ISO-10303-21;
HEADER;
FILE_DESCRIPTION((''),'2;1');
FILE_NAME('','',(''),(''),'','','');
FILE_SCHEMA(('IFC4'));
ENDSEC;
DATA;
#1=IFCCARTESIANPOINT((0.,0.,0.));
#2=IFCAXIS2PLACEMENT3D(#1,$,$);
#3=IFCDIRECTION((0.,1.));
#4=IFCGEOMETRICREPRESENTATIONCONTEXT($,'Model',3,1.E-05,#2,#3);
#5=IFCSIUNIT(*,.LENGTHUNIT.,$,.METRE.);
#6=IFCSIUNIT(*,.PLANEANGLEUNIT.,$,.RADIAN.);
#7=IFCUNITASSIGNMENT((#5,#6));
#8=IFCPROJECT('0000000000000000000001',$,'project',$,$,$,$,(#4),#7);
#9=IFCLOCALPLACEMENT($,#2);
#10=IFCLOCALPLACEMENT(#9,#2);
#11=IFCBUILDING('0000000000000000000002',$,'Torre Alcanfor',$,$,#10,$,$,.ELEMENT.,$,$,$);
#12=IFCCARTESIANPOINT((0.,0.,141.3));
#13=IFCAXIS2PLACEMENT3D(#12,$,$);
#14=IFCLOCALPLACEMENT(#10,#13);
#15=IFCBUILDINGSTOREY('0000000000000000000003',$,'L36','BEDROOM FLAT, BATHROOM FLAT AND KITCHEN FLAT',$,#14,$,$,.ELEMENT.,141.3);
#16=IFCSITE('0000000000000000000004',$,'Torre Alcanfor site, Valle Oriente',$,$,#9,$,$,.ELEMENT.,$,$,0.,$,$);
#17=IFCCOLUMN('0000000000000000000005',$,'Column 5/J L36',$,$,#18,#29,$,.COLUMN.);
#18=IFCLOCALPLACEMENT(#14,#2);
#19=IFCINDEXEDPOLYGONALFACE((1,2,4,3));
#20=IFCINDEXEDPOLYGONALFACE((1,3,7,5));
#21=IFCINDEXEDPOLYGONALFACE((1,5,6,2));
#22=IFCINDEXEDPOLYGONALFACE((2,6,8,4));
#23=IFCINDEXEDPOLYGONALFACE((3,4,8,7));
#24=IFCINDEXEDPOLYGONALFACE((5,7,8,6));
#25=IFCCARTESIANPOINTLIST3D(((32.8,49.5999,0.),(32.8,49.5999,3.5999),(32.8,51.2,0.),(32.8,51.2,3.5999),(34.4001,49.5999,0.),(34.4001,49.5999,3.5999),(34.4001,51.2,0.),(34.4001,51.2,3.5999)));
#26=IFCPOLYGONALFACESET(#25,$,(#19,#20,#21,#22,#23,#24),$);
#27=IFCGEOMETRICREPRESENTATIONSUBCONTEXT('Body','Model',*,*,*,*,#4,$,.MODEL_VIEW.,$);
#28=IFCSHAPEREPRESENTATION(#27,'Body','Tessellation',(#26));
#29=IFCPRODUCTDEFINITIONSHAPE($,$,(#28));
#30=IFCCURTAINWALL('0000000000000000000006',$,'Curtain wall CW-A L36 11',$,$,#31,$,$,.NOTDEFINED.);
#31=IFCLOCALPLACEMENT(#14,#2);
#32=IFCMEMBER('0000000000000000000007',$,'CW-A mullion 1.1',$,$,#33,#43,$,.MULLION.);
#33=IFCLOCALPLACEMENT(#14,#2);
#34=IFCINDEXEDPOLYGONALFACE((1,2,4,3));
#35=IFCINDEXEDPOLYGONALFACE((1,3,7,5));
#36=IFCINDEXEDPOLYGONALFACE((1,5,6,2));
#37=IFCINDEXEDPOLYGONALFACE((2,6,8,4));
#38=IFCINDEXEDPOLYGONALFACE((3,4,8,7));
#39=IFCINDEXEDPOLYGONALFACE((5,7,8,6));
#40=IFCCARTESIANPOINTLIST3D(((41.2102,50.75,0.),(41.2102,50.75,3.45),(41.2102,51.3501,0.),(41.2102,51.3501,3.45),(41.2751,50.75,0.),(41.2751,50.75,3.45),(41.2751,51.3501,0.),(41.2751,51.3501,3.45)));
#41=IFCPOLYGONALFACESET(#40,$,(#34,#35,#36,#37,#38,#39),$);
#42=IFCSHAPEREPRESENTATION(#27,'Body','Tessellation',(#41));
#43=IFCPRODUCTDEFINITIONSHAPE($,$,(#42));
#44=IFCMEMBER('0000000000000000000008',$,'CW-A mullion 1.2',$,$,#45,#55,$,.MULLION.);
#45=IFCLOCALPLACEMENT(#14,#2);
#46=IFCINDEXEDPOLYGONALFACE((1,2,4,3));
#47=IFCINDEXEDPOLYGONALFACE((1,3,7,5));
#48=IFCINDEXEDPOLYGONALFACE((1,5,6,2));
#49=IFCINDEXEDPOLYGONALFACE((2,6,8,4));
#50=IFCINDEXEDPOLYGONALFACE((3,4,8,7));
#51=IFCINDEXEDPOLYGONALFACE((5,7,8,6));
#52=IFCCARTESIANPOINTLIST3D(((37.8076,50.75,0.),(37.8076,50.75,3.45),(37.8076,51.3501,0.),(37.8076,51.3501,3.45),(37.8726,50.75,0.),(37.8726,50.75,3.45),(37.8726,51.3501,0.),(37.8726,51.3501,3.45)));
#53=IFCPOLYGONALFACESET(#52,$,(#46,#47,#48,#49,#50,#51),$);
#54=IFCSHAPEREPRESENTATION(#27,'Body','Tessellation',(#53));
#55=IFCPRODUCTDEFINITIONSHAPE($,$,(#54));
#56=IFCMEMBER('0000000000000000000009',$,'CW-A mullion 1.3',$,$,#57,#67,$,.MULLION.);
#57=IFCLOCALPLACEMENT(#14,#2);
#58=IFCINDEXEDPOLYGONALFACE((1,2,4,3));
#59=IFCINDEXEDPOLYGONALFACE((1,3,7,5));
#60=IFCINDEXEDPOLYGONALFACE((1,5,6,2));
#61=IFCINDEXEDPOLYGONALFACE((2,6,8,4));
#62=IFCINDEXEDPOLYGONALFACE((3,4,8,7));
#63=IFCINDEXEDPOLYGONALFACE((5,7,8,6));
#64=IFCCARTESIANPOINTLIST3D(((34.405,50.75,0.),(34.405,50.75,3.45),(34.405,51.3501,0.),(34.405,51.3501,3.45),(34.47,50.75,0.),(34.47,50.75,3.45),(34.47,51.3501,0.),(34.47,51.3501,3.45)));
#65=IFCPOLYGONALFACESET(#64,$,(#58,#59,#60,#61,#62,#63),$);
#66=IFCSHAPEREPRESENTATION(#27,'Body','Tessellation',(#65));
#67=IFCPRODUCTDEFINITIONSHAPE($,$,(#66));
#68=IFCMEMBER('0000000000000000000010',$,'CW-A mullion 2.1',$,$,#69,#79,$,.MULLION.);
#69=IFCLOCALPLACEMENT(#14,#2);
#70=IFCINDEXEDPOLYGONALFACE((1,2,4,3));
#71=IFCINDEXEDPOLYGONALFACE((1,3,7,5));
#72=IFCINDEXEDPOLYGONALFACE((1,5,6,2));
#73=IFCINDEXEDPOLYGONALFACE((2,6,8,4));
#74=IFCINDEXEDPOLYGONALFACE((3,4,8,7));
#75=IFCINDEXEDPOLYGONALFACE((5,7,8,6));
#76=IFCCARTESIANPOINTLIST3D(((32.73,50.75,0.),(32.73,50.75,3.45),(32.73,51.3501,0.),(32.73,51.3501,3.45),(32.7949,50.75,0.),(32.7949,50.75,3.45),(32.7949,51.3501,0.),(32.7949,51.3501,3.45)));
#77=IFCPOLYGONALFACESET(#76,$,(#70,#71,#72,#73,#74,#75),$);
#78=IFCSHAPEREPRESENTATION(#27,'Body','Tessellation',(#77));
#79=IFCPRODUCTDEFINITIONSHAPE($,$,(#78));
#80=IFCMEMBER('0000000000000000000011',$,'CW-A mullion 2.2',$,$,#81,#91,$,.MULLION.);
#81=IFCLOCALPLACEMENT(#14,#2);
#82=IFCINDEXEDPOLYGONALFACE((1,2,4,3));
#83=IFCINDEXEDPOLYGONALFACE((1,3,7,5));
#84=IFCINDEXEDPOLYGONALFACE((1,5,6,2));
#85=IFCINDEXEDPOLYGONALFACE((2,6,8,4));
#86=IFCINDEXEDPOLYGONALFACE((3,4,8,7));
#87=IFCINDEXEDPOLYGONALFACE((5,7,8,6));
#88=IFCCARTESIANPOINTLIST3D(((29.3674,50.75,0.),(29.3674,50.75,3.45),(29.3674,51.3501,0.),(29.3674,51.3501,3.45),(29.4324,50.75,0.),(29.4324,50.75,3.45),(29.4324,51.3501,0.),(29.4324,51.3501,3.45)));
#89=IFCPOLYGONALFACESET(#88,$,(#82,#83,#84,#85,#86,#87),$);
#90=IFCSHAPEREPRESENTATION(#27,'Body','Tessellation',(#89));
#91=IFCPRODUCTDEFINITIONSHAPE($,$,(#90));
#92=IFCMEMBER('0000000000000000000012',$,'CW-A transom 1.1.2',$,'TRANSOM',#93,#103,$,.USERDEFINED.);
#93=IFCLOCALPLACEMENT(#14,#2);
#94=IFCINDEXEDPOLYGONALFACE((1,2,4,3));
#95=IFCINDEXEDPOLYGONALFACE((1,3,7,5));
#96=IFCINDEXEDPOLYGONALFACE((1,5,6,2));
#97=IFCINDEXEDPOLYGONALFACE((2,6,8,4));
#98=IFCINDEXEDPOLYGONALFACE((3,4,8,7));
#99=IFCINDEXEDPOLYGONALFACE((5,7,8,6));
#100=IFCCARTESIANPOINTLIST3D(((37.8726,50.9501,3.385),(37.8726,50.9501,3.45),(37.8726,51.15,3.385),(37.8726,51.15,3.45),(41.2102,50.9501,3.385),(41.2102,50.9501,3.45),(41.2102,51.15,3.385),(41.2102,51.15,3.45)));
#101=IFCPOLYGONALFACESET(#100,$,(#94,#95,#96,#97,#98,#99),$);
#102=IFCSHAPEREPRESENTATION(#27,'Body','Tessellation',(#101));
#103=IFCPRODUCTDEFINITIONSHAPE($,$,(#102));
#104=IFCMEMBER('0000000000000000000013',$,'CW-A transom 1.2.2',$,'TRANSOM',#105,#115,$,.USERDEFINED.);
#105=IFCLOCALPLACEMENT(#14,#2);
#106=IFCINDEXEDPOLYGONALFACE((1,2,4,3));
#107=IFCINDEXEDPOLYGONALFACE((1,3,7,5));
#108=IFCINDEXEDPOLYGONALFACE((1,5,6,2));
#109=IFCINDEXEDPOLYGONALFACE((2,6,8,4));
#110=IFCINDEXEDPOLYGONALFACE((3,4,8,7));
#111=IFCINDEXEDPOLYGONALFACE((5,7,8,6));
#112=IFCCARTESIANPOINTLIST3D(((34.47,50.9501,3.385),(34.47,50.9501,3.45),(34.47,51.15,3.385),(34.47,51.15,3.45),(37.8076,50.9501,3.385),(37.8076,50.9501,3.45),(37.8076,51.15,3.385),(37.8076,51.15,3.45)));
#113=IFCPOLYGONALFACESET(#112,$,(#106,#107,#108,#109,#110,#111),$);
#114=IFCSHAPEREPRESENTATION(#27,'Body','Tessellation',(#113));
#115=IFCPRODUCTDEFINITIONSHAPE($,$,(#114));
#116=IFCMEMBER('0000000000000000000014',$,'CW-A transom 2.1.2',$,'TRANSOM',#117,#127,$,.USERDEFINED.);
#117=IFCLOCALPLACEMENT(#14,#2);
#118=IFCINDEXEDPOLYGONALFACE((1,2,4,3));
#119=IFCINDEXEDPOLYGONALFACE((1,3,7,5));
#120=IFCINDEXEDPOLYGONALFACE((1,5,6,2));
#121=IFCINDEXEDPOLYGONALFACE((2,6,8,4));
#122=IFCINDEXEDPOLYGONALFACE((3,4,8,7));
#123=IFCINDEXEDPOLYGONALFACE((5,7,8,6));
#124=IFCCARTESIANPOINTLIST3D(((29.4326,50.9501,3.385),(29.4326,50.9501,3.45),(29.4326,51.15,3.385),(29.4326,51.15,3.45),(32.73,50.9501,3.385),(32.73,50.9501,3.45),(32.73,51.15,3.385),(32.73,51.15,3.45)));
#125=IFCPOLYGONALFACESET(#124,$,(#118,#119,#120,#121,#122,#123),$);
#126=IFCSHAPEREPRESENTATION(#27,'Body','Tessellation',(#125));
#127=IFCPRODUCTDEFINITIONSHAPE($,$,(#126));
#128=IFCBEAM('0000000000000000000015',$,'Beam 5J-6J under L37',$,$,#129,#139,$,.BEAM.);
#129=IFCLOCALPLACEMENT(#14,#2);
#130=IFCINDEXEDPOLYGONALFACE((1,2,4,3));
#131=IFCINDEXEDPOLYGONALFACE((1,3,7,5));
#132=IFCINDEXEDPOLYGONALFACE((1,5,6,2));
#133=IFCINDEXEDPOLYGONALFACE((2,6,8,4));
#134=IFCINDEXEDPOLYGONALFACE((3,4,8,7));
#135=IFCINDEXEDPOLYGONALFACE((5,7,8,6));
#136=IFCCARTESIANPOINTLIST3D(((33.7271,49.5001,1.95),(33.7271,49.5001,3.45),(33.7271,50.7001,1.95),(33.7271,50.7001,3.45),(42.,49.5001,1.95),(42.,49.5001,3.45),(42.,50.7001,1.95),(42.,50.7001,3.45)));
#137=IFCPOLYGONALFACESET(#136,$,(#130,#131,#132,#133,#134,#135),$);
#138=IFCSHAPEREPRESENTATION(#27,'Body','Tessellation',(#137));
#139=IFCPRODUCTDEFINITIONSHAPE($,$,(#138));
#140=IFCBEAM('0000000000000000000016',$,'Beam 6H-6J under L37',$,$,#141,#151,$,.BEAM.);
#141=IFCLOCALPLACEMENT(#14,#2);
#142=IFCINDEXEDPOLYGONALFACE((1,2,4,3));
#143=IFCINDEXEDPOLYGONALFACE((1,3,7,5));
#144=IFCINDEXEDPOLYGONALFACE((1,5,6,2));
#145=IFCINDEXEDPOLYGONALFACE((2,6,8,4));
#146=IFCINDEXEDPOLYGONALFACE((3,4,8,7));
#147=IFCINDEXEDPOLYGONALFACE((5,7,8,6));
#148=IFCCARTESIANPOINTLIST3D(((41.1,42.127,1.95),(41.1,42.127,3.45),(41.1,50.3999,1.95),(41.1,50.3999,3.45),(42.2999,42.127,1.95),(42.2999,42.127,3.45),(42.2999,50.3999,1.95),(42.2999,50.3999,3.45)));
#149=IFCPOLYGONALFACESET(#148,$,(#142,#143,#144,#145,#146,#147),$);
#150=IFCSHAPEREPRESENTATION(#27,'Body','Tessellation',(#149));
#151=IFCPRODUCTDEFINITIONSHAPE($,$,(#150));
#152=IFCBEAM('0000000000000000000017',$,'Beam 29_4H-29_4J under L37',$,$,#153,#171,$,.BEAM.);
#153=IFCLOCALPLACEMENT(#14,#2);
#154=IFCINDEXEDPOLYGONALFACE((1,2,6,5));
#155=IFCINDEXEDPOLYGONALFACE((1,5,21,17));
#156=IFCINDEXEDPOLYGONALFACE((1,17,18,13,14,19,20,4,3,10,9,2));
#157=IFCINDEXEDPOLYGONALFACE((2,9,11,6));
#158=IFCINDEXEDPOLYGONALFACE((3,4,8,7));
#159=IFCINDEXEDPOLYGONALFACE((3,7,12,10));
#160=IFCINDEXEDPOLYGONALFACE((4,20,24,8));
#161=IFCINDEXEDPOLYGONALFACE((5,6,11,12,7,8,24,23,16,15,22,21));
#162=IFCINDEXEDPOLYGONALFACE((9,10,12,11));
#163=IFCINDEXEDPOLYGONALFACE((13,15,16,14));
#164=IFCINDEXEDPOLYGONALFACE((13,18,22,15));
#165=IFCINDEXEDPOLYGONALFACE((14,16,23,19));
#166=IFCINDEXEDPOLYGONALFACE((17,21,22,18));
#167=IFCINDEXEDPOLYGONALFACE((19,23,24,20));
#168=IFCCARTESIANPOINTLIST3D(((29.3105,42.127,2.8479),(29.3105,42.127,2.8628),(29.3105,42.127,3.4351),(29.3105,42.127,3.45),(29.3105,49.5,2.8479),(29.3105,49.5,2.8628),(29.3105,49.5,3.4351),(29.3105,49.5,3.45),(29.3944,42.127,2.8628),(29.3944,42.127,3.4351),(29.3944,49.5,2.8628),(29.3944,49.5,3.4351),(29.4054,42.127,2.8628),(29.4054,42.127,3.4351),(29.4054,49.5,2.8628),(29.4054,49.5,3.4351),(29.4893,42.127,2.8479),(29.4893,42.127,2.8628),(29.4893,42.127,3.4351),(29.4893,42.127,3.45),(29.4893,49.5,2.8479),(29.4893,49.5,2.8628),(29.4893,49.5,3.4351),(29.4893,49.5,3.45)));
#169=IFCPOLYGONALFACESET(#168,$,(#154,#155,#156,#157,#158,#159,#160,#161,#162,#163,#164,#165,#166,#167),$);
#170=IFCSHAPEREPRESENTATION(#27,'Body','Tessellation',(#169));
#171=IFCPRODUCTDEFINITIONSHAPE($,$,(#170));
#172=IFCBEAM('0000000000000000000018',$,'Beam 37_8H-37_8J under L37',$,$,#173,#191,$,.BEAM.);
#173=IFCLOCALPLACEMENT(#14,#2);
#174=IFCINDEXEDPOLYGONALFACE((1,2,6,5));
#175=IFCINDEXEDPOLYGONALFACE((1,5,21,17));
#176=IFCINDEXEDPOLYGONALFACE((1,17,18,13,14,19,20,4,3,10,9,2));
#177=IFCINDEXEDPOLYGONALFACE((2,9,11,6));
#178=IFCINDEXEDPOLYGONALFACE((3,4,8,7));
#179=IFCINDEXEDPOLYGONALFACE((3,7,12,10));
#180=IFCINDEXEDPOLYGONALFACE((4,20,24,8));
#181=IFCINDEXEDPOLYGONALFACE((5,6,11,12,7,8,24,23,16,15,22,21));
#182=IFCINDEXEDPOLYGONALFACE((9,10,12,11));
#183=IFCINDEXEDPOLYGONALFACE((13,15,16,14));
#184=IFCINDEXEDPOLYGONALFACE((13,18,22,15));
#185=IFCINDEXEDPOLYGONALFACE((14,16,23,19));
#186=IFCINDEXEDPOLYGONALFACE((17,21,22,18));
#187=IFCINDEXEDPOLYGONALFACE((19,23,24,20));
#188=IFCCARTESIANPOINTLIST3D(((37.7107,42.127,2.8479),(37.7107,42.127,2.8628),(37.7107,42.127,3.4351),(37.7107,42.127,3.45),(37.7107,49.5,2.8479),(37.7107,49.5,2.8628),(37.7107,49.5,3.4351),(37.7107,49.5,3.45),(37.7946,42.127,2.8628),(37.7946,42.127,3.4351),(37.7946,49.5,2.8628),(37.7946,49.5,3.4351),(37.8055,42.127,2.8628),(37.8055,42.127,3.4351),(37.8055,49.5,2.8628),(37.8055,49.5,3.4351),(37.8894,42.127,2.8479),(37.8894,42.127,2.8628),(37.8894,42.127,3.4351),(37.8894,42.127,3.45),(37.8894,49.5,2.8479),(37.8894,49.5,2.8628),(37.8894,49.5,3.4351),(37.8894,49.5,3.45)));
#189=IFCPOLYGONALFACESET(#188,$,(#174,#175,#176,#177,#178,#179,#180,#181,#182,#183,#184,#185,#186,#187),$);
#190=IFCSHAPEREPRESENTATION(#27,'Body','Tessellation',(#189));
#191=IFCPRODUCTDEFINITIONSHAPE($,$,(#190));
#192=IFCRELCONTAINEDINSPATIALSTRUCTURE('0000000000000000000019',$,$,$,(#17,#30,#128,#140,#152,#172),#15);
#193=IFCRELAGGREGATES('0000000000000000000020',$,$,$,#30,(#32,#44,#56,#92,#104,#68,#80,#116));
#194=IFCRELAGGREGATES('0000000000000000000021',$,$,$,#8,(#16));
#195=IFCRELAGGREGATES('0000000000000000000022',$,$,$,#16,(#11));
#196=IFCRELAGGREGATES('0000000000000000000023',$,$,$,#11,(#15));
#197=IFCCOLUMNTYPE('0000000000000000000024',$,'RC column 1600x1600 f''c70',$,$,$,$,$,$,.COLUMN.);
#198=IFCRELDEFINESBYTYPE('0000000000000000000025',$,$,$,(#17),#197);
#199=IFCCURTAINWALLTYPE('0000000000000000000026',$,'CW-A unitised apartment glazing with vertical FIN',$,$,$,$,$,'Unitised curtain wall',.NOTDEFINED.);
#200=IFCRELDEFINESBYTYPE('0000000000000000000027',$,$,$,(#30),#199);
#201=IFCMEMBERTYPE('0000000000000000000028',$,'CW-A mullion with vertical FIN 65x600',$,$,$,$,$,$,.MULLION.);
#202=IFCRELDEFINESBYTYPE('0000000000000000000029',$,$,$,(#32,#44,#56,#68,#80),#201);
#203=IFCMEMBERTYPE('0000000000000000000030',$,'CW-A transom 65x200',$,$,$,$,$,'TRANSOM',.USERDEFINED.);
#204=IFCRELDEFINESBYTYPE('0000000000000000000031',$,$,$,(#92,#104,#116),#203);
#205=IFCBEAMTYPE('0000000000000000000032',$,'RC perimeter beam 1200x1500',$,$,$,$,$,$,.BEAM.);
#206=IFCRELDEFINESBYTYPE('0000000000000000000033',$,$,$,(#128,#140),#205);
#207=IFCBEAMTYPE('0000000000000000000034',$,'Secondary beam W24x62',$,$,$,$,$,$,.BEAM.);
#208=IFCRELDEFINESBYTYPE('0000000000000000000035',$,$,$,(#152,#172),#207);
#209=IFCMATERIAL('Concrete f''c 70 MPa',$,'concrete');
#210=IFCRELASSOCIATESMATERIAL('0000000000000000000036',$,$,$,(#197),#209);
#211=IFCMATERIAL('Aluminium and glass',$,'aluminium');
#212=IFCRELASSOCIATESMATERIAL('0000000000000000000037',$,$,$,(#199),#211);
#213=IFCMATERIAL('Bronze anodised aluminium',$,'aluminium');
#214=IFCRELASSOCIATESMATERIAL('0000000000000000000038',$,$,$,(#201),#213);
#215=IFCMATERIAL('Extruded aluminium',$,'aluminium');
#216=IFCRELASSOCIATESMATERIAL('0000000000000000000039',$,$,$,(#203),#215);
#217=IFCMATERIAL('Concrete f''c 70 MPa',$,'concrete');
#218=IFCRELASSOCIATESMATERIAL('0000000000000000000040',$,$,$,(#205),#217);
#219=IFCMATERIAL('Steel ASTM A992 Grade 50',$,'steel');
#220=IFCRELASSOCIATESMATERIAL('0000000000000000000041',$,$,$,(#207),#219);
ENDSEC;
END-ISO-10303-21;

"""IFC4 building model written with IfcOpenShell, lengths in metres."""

from ifc_helpers import new_model, si_unit, direction, frame, origin, origin_2d, place, context, subcontext, project, spatial, rectangle, i_section, extrude, material, material_profile, profile_set, type_object, element, aggregate, save


model = new_model("IFC4")

# Units and contexts
model_context = context("Model", 3, precision=1e-05, world=origin(), true_north=direction((0.0, 1.0)))
body_context = subcontext(model_context, "Body", "Model", "MODEL_VIEW")
ifc_project = project(units=[si_unit("LENGTHUNIT", "METRE"), si_unit("PLANEANGLEUNIT", "RADIAN")], contexts=[model_context])

# Site, building, storey
site_placement = place(None, origin())
site = spatial("IfcSite", under=ifc_project, at=site_placement, Name="Torre Alcanfor site, Valle Oriente", CompositionType="ELEMENT", RefElevation=0.0)
building_placement = place(site_placement, origin())
building = spatial("IfcBuilding", under=site, at=building_placement, Name="Torre Alcanfor", CompositionType="ELEMENT")
storey_placement = place(building_placement, frame((0.0, 0.0, 141.3)))
storey = spatial("IfcBuildingStorey", under=building, at=storey_placement, Name="L36", Description="BEDROOM FLAT, BATHROOM FLAT AND KITCHEN FLAT", CompositionType="ELEMENT", Elevation=141.3)

# Column
ifc_material_1 = material(Name="Concrete f'c 70 MPa", Category="concrete")
ifc_material_profile_1 = material_profile(ifc_material_1, rectangle(XDim=1.6001, YDim=1.6001, at=origin_2d()), Name="1600x1600")
ifc_profile_set_1 = profile_set([ifc_material_profile_1], Name="Concrete f'c 70 MPa")
column_type = type_object("IfcColumnType", Name="RC column 1600x1600 f'c70", PredefinedType="COLUMN", material=ifc_profile_set_1)
column_placement = place(storey_placement, frame((33.6001, 50.3999, 0.0), z_axis=(0.0, 0.0, 1.0), x_axis=(1.0, 0.0, 0.0)))
element("IfcColumn", 1, at=column_placement, inside=storey, type_object=column_type, Name="Column 5/J L36", PredefinedType="COLUMN", context=body_context, shape_type="SweptSolid", body=[
    extrude(rectangle(XDim=1.6001, YDim=1.6001, at=origin_2d()), origin(), (0.0, 0.0, 1.0), 3.5999),
])

# Curtain wall, members
ifc_material_2 = material(Name="Aluminium and glass", Category="aluminium")
curtain_wall_type = type_object("IfcCurtainWallType", Name="CW-A unitised apartment glazing with vertical FIN", ElementType="Unitised curtain wall", PredefinedType="NOTDEFINED", material=ifc_material_2)
curtain_wall_placement = place(storey_placement, origin())
curtain_wall = element("IfcCurtainWall", 2, at=curtain_wall_placement, inside=storey, type_object=curtain_wall_type, Name="Curtain wall CW-A L36 11", PredefinedType="NOTDEFINED")
ifc_material_3 = material(Name="Bronze anodised aluminium", Category="aluminium")
ifc_material_profile_2 = material_profile(ifc_material_3, rectangle(XDim=0.6001, YDim=0.0649, at=origin_2d()), Name="CW-A mullion 65x600")
ifc_profile_set_2 = profile_set([ifc_material_profile_2], Name="Bronze anodised aluminium")
member_type_1 = type_object("IfcMemberType", Name="CW-A mullion with vertical FIN 65x600", PredefinedType="MULLION", material=ifc_profile_set_2)
member_1_placement = place(storey_placement, frame((41.2427, 51.05, 0.0), z_axis=(0.0, 0.0, 1.0), x_axis=(0.0, -1.0, 0.0)))
member_1 = element("IfcMember", 3, at=member_1_placement, type_object=member_type_1, Name="CW-A mullion 1.1", PredefinedType="MULLION", context=body_context, shape_type="SweptSolid", body=[
    extrude(rectangle(XDim=0.6001, YDim=0.0649, at=origin_2d()), origin(), (0.0, 0.0, 1.0), 3.45),
])
member_2_placement = place(storey_placement, frame((37.8401, 51.05, 0.0), z_axis=(0.0, 0.0, 1.0), x_axis=(0.0, -1.0, 0.0)))
member_2 = element("IfcMember", 4, at=member_2_placement, type_object=member_type_1, Name="CW-A mullion 1.2", PredefinedType="MULLION", context=body_context, shape_type="SweptSolid", body=[
    extrude(rectangle(XDim=0.6001, YDim=0.0649, at=origin_2d()), origin(), (0.0, 0.0, 1.0), 3.45),
])
member_3_placement = place(storey_placement, frame((34.4375, 51.05, 0.0), z_axis=(0.0, 0.0, 1.0), x_axis=(0.0, -1.0, 0.0)))
member_3 = element("IfcMember", 5, at=member_3_placement, type_object=member_type_1, Name="CW-A mullion 1.3", PredefinedType="MULLION", context=body_context, shape_type="SweptSolid", body=[
    extrude(rectangle(XDim=0.6001, YDim=0.0649, at=origin_2d()), origin(), (0.0, 0.0, 1.0), 3.45),
])
member_4_placement = place(storey_placement, frame((32.7625, 51.05, 0.0), z_axis=(0.0, 0.0, 1.0), x_axis=(0.0, -1.0, 0.0)))
member_4 = element("IfcMember", 6, at=member_4_placement, type_object=member_type_1, Name="CW-A mullion 2.1", PredefinedType="MULLION", context=body_context, shape_type="SweptSolid", body=[
    extrude(rectangle(XDim=0.6001, YDim=0.0649, at=origin_2d()), origin(), (0.0, 0.0, 1.0), 3.45),
])
member_5_placement = place(storey_placement, frame((29.3999, 51.05, 0.0), z_axis=(0.0, 0.0, 1.0), x_axis=(0.0, -1.0, 0.0)))
member_5 = element("IfcMember", 7, at=member_5_placement, type_object=member_type_1, Name="CW-A mullion 2.2", PredefinedType="MULLION", context=body_context, shape_type="SweptSolid", body=[
    extrude(rectangle(XDim=0.6001, YDim=0.0649, at=origin_2d()), origin(), (0.0, 0.0, 1.0), 3.45),
])
ifc_material_4 = material(Name="Extruded aluminium", Category="aluminium")
ifc_material_profile_3 = material_profile(ifc_material_4, rectangle(XDim=0.2, YDim=0.0649, at=origin_2d()), Name="CW-A transom 200x65")
ifc_profile_set_3 = profile_set([ifc_material_profile_3], Name="Extruded aluminium")
member_type_2 = type_object("IfcMemberType", Name="CW-A transom 65x200", ElementType="TRANSOM", PredefinedType="USERDEFINED", material=ifc_profile_set_3)
member_6_placement = place(storey_placement, frame((41.2102, 51.05, 3.4175), z_axis=(-1.0, 0.0, 0.0), x_axis=(0.0, -1.0, 0.0)))
member_6 = element("IfcMember", 8, at=member_6_placement, type_object=member_type_2, Name="CW-A transom 1.1.2", ObjectType="TRANSOM", PredefinedType="USERDEFINED", context=body_context, shape_type="SweptSolid", body=[
    extrude(rectangle(XDim=0.2, YDim=0.0649, at=origin_2d()), origin(), (0.0, 0.0, 1.0), 3.3376),
])
member_7_placement = place(storey_placement, frame((37.8076, 51.05, 3.4175), z_axis=(-1.0, 0.0, 0.0), x_axis=(0.0, -1.0, 0.0)))
member_7 = element("IfcMember", 9, at=member_7_placement, type_object=member_type_2, Name="CW-A transom 1.2.2", ObjectType="TRANSOM", PredefinedType="USERDEFINED", context=body_context, shape_type="SweptSolid", body=[
    extrude(rectangle(XDim=0.2, YDim=0.0649, at=origin_2d()), origin(), (0.0, 0.0, 1.0), 3.3376),
])
member_8_placement = place(storey_placement, frame((32.73, 51.05, 3.4175), z_axis=(-1.0, 0.0, 0.0), x_axis=(0.0, -1.0, 0.0)))
member_8 = element("IfcMember", 10, at=member_8_placement, type_object=member_type_2, Name="CW-A transom 2.1.2", ObjectType="TRANSOM", PredefinedType="USERDEFINED", context=body_context, shape_type="SweptSolid", body=[
    extrude(rectangle(XDim=0.2, YDim=0.0649, at=origin_2d()), origin(), (0.0, 0.0, 1.0), 3.2974),
])

# Beams
ifc_material_5 = material(Name="Concrete f'c 70 MPa", Category="concrete")
ifc_material_profile_4 = material_profile(ifc_material_5, rectangle(XDim=1.2, YDim=1.5, at=origin_2d()), Name="1200x1500")
ifc_profile_set_4 = profile_set([ifc_material_profile_4], Name="Concrete f'c 70 MPa")
beam_type_1 = type_object("IfcBeamType", Name="RC perimeter beam 1200x1500", PredefinedType="BEAM", material=ifc_profile_set_4)
for number, where, z_axis, x_axis, name in (
    (11, (33.7271, 50.1001, 2.7), (1.0, 0.0, 0.0), (0.0, 1.0, 0.0), "Beam 5J-6J under L37"),
    (12, (41.7, 42.127, 2.7), (0.0, 1.0, 0.0), (-1.0, 0.0, 0.0), "Beam 6H-6J under L37"),
):
    element("IfcBeam", number, at=place(storey_placement, frame(where, z_axis=z_axis, x_axis=x_axis)), inside=storey, type_object=beam_type_1, Name=name, PredefinedType="BEAM", context=body_context, shape_type="SweptSolid", body=[
        extrude(rectangle(XDim=1.2, YDim=1.5, at=origin_2d()), origin(), (0.0, 0.0, 1.0), 8.2729),
    ])
ifc_material_6 = material(Name="Steel ASTM A992 Grade 50", Category="steel")
ifc_material_profile_5 = material_profile(ifc_material_6, i_section(OverallWidth=0.1787, OverallDepth=0.6021, WebThickness=0.011, FlangeThickness=0.0149, at=origin_2d()), Name="W24x62")
ifc_profile_set_5 = profile_set([ifc_material_profile_5], Name="Steel ASTM A992 Grade 50")
beam_type_2 = type_object("IfcBeamType", Name="Secondary beam W24x62", PredefinedType="BEAM", material=ifc_profile_set_5)
for number, where, z_axis, x_axis, name in (
    (13, (29.3999, 42.127, 3.1489), (0.0, 1.0, 0.0), (-1.0, 0.0, 0.0), "Beam 29_4H-29_4J under L37"),
    (14, (37.8, 42.127, 3.1489), (0.0, 1.0, 0.0), (-1.0, 0.0, 0.0), "Beam 37_8H-37_8J under L37"),
):
    element("IfcBeam", number, at=place(storey_placement, frame(where, z_axis=z_axis, x_axis=x_axis)), inside=storey, type_object=beam_type_2, Name=name, PredefinedType="BEAM", context=body_context, shape_type="SweptSolid", body=[
        extrude(i_section(OverallWidth=0.1787, OverallDepth=0.6021, WebThickness=0.011, FlangeThickness=0.0149, at=origin_2d()), origin(), (0.0, 0.0, 1.0), 7.373),
    ])

aggregate(curtain_wall, [member_1, member_2, member_3, member_6, member_7, member_4, member_5, member_8])

save(model, "model.ifc")
